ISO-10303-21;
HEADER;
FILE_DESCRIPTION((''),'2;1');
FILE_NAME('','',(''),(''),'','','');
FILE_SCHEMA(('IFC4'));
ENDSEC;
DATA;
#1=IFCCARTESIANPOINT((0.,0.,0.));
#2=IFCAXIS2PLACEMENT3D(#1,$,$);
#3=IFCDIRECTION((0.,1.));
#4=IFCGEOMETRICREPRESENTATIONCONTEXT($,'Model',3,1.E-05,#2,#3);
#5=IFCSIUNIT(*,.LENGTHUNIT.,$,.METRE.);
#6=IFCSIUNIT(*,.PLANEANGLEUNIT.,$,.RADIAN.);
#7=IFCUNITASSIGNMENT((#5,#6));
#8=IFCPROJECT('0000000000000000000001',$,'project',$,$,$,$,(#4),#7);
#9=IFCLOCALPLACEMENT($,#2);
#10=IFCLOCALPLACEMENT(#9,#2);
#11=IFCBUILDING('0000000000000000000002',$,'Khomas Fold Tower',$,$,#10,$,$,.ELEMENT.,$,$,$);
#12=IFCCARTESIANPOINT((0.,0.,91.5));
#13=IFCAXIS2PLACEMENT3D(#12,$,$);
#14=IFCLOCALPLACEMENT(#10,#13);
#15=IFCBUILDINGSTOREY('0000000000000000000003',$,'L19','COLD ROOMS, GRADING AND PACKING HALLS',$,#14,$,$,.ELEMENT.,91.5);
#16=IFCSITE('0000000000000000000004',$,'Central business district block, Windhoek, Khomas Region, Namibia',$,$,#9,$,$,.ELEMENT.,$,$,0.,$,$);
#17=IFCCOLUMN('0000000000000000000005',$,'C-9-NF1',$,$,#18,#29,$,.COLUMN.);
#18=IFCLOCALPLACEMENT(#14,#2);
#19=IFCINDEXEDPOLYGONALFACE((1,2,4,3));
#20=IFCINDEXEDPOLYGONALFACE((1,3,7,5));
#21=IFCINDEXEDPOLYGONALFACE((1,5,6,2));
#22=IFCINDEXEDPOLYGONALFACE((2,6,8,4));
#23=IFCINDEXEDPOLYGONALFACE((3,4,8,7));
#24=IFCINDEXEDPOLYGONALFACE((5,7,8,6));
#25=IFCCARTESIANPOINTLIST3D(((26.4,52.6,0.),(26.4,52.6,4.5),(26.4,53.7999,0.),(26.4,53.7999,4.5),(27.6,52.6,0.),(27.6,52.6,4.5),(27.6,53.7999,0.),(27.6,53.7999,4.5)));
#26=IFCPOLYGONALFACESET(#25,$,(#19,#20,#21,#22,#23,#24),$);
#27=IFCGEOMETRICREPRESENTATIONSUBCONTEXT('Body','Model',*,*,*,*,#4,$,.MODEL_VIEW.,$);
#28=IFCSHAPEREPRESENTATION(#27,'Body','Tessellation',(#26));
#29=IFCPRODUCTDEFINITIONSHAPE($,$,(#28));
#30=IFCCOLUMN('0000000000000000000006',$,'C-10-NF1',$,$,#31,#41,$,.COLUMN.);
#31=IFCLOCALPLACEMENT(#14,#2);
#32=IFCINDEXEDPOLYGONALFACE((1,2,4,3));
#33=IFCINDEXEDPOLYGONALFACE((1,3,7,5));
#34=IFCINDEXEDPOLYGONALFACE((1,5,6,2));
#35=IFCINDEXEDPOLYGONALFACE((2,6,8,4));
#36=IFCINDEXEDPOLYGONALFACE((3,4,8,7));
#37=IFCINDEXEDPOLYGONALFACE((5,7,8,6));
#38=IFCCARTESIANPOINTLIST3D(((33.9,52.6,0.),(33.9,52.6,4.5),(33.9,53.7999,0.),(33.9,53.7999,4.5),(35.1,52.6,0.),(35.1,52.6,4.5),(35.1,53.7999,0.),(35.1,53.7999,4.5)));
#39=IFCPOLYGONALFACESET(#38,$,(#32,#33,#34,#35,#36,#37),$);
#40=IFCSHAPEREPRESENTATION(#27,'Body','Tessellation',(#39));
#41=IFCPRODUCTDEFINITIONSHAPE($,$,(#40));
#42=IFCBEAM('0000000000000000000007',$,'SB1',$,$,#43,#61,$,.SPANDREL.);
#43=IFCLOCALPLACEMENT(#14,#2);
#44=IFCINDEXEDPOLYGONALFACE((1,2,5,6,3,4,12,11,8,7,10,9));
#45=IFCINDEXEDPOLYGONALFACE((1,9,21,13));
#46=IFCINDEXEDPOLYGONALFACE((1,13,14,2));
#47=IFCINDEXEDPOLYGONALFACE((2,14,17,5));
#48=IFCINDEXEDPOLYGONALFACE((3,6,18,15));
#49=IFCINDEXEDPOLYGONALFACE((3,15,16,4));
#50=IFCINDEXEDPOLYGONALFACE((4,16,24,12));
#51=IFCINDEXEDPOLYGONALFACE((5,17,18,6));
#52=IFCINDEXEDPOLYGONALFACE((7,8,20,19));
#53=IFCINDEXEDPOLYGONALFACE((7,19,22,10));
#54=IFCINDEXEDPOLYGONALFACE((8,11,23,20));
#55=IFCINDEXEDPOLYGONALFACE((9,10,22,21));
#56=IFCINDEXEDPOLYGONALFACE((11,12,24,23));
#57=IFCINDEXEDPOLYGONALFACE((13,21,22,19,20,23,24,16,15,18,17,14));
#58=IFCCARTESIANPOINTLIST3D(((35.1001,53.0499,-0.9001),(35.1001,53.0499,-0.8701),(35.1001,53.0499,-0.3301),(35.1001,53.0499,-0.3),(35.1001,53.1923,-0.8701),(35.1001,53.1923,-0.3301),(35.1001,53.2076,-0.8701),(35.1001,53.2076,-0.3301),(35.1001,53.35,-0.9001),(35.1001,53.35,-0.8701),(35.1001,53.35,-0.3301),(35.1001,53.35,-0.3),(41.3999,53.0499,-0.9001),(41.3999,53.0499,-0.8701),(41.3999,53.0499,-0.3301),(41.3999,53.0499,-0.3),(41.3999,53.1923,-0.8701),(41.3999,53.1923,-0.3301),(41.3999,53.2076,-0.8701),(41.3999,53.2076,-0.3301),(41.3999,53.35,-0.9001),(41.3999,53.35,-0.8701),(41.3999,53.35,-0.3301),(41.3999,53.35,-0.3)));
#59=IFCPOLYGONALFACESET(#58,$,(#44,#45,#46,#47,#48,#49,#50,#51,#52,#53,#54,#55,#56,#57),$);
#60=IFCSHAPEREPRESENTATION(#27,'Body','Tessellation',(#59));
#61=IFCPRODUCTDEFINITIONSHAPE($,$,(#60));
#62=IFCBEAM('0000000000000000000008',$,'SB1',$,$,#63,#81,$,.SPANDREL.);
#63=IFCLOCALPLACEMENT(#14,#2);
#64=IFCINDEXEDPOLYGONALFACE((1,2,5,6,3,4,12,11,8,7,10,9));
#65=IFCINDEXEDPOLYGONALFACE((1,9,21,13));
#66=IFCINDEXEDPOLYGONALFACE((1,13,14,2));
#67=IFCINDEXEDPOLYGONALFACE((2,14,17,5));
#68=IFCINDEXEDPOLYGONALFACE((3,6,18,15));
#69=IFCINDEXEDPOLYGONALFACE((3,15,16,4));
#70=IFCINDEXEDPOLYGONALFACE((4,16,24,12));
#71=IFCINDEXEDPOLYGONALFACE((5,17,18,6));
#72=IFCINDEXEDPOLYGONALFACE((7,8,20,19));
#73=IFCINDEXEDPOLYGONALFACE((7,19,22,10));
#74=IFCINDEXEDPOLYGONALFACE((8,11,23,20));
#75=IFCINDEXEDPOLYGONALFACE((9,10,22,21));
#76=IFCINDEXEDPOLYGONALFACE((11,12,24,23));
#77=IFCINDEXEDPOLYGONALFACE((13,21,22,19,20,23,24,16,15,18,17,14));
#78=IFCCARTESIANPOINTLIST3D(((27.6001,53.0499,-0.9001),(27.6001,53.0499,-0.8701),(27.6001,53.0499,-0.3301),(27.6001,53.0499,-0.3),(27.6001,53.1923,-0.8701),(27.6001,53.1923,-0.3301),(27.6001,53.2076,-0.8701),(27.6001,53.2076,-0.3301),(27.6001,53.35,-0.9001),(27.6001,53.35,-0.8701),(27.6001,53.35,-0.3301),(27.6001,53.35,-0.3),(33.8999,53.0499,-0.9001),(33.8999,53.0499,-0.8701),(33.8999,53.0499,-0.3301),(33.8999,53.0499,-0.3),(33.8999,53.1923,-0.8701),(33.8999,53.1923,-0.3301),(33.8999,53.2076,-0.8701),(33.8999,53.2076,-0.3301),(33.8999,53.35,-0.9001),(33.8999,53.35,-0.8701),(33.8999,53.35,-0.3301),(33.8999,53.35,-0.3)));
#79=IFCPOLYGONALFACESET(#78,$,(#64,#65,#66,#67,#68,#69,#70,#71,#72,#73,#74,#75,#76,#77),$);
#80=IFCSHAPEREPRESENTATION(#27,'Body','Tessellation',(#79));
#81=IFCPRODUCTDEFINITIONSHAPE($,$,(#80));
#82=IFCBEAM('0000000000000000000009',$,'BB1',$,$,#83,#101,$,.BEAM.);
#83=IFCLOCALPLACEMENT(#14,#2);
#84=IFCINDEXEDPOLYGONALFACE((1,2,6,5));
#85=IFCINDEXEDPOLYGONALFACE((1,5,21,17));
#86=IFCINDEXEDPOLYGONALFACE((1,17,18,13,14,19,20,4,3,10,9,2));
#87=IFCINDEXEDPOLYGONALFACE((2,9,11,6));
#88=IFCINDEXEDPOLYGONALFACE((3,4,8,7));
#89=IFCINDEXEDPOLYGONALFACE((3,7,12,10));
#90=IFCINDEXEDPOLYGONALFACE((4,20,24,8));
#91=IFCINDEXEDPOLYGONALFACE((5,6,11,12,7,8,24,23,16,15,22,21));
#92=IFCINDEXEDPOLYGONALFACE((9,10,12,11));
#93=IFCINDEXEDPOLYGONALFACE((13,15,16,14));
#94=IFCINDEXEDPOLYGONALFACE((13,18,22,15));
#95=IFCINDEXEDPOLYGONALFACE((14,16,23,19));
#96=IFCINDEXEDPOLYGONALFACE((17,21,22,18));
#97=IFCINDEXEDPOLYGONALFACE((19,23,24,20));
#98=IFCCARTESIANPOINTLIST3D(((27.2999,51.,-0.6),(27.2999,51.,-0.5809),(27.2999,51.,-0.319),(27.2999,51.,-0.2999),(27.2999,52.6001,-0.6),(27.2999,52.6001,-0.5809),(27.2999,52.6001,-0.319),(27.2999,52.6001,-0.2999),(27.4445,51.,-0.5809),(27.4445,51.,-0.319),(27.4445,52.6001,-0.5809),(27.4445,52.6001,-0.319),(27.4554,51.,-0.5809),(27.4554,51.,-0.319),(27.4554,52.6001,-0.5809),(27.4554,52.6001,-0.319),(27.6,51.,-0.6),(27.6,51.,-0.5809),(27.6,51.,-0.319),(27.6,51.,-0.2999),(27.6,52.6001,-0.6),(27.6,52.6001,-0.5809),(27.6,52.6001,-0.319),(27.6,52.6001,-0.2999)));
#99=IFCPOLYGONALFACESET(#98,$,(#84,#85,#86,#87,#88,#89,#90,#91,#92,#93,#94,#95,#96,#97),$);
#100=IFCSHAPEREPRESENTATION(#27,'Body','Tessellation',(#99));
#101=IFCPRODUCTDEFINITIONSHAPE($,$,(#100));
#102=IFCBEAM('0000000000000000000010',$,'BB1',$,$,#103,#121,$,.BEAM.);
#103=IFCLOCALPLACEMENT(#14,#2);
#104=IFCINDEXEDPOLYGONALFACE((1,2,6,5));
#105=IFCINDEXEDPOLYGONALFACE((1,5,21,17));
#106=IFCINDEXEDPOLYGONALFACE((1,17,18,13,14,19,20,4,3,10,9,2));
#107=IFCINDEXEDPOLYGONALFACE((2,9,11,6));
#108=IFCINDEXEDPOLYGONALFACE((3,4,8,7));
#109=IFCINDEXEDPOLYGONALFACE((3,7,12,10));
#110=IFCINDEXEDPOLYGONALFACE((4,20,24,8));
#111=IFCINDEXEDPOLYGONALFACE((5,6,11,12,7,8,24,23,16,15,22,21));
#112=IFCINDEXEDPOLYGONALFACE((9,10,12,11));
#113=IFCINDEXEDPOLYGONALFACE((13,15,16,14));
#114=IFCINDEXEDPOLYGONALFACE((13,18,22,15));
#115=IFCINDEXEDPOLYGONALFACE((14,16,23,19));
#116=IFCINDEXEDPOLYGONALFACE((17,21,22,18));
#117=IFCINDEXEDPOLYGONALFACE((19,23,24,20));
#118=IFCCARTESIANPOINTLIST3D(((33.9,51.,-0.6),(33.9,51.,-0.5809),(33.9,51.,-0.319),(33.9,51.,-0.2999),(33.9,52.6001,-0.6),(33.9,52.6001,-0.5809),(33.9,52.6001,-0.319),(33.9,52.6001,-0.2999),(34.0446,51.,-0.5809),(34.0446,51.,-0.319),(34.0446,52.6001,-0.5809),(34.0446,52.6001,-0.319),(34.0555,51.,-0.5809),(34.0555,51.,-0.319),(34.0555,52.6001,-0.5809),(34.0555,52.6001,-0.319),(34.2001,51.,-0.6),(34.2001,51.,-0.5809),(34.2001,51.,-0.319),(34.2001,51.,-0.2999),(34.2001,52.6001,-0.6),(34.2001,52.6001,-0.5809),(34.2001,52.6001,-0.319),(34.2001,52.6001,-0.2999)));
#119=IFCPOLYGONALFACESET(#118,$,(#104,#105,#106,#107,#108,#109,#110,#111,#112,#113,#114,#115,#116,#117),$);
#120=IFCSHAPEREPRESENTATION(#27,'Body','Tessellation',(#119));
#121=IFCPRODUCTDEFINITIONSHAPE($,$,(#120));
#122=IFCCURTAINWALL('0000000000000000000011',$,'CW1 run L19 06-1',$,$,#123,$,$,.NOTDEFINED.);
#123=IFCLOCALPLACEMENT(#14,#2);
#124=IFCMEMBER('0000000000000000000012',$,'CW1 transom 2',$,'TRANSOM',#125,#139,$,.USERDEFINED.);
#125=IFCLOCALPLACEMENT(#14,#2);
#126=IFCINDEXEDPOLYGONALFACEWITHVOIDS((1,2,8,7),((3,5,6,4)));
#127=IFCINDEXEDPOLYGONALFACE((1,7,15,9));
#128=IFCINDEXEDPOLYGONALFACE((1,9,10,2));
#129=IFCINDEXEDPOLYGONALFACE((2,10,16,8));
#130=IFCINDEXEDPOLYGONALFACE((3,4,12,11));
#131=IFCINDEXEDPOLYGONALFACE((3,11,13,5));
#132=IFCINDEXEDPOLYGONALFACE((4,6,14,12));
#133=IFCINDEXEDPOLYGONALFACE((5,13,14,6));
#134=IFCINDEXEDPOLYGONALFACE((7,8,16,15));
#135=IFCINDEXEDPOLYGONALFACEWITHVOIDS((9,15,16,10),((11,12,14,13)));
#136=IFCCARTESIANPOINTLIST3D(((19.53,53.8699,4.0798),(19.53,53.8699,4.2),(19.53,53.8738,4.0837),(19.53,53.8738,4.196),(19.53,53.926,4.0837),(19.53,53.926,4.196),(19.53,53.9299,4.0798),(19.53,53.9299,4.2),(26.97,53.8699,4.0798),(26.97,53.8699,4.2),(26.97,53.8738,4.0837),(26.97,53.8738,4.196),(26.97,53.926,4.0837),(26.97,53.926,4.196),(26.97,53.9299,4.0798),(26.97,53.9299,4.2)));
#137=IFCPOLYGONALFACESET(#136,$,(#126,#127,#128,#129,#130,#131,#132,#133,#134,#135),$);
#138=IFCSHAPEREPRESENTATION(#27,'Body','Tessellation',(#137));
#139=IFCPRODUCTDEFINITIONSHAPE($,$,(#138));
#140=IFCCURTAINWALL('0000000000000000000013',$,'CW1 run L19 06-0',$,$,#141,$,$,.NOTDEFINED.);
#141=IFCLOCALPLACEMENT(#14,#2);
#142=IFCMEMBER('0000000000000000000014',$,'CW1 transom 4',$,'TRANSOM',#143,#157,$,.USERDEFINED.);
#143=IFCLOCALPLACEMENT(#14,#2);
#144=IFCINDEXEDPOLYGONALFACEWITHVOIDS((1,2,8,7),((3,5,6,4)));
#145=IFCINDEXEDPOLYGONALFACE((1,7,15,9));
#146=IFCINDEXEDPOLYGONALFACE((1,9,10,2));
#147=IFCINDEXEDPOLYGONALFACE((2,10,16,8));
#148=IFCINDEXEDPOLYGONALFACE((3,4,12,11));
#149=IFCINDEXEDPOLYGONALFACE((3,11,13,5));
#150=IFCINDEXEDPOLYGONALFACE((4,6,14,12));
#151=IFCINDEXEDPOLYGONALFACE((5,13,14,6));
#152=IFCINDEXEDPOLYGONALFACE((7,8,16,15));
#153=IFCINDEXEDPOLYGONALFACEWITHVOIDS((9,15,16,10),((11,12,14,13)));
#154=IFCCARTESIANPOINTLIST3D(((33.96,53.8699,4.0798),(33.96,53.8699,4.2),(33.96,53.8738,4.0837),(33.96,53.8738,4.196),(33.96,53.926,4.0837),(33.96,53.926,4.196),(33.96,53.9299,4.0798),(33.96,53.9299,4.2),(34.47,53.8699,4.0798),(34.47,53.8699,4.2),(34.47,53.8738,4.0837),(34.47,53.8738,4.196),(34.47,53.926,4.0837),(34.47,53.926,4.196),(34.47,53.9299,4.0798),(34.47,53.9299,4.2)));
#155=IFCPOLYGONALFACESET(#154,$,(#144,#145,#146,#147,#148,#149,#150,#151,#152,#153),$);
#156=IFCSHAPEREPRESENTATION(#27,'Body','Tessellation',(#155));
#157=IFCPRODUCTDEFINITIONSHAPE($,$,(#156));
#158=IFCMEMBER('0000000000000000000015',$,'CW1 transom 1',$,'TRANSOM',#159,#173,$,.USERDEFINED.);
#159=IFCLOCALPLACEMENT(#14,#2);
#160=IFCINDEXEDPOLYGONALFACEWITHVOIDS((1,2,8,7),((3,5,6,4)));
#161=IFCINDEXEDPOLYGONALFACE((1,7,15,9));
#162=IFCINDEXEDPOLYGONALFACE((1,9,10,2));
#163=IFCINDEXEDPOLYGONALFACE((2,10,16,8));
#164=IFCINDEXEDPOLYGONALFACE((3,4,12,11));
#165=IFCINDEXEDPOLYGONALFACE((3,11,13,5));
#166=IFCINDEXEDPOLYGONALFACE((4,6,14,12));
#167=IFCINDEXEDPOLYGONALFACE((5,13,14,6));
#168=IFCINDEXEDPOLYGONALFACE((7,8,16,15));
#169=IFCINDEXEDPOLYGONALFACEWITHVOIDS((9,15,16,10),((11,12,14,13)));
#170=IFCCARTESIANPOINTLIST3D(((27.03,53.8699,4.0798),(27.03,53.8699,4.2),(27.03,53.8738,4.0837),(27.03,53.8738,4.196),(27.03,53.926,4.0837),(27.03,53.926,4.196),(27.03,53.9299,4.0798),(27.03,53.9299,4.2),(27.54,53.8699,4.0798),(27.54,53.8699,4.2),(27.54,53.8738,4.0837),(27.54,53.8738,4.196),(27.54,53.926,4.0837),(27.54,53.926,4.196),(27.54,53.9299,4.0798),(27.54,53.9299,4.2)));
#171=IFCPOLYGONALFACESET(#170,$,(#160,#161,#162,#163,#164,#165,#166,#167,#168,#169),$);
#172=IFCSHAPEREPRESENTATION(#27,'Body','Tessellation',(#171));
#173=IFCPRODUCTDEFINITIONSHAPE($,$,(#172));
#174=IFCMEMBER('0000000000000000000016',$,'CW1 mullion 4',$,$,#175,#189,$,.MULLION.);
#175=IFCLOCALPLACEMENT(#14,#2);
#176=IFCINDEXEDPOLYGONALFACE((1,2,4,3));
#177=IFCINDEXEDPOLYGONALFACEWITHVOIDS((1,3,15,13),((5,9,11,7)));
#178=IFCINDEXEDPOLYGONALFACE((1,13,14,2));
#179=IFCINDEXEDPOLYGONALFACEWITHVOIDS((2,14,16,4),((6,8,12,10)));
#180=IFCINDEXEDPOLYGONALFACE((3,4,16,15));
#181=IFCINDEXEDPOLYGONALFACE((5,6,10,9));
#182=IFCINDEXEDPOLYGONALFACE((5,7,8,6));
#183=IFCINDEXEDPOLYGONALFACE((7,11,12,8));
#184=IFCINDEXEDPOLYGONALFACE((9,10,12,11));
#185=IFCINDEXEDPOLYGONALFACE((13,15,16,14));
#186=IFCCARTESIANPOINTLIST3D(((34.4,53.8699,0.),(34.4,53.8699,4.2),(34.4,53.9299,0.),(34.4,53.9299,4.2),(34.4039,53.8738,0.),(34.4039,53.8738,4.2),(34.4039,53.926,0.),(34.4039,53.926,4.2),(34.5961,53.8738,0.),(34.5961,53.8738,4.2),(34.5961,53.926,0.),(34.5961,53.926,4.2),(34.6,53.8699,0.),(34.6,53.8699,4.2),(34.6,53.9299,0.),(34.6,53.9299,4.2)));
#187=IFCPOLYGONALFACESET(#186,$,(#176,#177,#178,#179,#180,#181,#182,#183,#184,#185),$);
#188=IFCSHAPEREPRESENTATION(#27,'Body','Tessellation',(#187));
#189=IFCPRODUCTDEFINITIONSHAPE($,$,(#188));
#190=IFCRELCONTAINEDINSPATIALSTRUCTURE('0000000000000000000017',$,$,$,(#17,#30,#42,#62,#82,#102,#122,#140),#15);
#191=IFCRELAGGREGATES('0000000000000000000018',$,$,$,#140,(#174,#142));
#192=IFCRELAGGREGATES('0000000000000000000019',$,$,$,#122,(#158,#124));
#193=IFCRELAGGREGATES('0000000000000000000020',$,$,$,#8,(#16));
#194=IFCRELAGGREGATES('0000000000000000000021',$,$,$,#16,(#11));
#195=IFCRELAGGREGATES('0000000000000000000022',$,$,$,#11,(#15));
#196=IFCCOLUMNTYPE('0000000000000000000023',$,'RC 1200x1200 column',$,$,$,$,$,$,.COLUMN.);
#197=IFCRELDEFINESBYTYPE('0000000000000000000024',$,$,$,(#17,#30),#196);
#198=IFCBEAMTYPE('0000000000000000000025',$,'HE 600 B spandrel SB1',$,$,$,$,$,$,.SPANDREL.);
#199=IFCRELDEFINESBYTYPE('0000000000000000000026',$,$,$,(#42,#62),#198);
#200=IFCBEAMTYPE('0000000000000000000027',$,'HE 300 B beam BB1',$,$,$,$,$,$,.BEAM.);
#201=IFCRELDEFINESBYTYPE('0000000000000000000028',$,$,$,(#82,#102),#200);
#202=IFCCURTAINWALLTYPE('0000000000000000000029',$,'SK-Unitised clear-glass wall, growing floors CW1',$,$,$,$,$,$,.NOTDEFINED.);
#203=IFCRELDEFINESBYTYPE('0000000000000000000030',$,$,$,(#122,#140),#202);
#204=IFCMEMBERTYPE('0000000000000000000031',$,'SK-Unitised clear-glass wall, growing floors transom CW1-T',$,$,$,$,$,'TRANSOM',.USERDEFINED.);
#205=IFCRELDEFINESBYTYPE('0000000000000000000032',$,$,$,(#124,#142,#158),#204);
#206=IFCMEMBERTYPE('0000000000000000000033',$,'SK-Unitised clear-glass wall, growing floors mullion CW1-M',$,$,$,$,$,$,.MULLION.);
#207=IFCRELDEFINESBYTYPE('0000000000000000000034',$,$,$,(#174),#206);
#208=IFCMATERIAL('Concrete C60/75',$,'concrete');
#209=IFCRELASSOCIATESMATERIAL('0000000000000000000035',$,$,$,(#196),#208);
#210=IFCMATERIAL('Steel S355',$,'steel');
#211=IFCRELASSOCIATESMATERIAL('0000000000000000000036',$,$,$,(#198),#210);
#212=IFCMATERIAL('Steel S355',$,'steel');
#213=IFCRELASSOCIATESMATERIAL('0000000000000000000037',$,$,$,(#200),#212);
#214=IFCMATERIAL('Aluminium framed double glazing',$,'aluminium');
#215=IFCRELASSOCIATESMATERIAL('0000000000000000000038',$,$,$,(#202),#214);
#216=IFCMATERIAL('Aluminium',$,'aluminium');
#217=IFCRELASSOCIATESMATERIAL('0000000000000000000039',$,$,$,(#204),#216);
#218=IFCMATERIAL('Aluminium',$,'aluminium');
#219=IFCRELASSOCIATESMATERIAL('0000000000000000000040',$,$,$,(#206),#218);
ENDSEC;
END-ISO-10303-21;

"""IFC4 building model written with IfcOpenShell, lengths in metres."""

from ifc_helpers import new_model, si_unit, direction, frame, origin, origin_2d, place, context, subcontext, project, spatial, rectangle, hollow_rectangle, i_section, extrude, source, transform, mapped, material, material_profile, profile_set, type_object, element, aggregate, save


model = new_model("IFC4")

# Units and contexts
model_context = context("Model", 3, precision=1e-05, world=origin(), true_north=direction((0.0, 1.0)))
body_context = subcontext(model_context, "Body", "Model", "MODEL_VIEW")
ifc_project = project(units=[si_unit("LENGTHUNIT", "METRE"), si_unit("PLANEANGLEUNIT", "RADIAN")], contexts=[model_context])

# Site, building, storey
site_placement = place(None, origin())
site = spatial("IfcSite", under=ifc_project, at=site_placement, Name="Central business district block, Windhoek, Khomas Region, Namibia", CompositionType="ELEMENT", RefElevation=0.0)
building_placement = place(site_placement, origin())
building = spatial("IfcBuilding", under=site, at=building_placement, Name="Khomas Fold Tower", CompositionType="ELEMENT")
storey_placement = place(building_placement, frame((0.0, 0.0, 91.5)))
storey = spatial("IfcBuildingStorey", under=building, at=storey_placement, Name="L19", Description="COLD ROOMS, GRADING AND PACKING HALLS", CompositionType="ELEMENT", Elevation=91.5)

# Columns
ifc_material_1 = material(Name="Concrete C60/75", Category="concrete")
ifc_material_profile_1 = material_profile(ifc_material_1, rectangle(XDim=1.2, YDim=1.2, at=origin_2d()), Name="RC 1200x1200")
ifc_profile_set_1 = profile_set([ifc_material_profile_1], Name="Concrete C60/75")
column_type = type_object("IfcColumnType", Name="RC 1200x1200 column", PredefinedType="COLUMN", material=ifc_profile_set_1)
shared_shape_1 = source(origin(), body_context, "Body", "SweptSolid", [
    extrude(rectangle(XDim=1.2, YDim=1.2, at=origin_2d()), origin(), (0.0, 0.0, 1.0), 4.5),
])
for number, where, z_axis, x_axis, name in (
    (1, (27.0, 53.2, 0.0), (0.0, 0.0, 1.0), (1.0, 0.0, 0.0), "C-9-NF1"),
    (2, (34.5, 53.2, 0.0), (0.0, 0.0, 1.0), (1.0, 0.0, 0.0), "C-10-NF1"),
):
    element("IfcColumn", number, at=place(storey_placement, frame(where, z_axis=z_axis, x_axis=x_axis)), inside=storey, type_object=column_type, Name=name, PredefinedType="COLUMN", context=body_context, shape_type="MappedRepresentation", body=[
        mapped(shared_shape_1, transform((0.0, 0.0, 0.0))),
    ])

# Beams
ifc_material_2 = material(Name="Steel S355", Category="steel")
ifc_material_profile_2 = material_profile(ifc_material_2, i_section(OverallWidth=0.3, OverallDepth=0.6001, WebThickness=0.0154, FlangeThickness=0.03, at=origin_2d()), Name="HE 600 B")
ifc_profile_set_2 = profile_set([ifc_material_profile_2], Name="Steel S355")
beam_type_1 = type_object("IfcBeamType", Name="HE 600 B spandrel SB1", PredefinedType="SPANDREL", material=ifc_profile_set_2)
shared_shape_2 = source(origin(), body_context, "Body", "SweptSolid", [
    extrude(i_section(OverallWidth=0.3, OverallDepth=0.6001, WebThickness=0.0154, FlangeThickness=0.03, at=origin_2d()), origin(), (0.0, 0.0, 1.0), 6.2998),
])
for number, where, z_axis, x_axis, name in (
    (3, (35.1001, 53.2, -0.6001), (1.0, 0.0, 0.0), (0.0, 1.0, 0.0), "SB1"),
    (4, (27.6001, 53.2, -0.6001), (1.0, 0.0, 0.0), (0.0, 1.0, 0.0), "SB1"),
):
    element("IfcBeam", number, at=place(storey_placement, frame(where, z_axis=z_axis, x_axis=x_axis)), inside=storey, type_object=beam_type_1, Name=name, PredefinedType="SPANDREL", context=body_context, shape_type="MappedRepresentation", body=[
        mapped(shared_shape_2, transform((0.0, 0.0, 0.0))),
    ])
ifc_material_3 = material(Name="Steel S355", Category="steel")
ifc_material_profile_3 = material_profile(ifc_material_3, i_section(OverallWidth=0.3, OverallDepth=0.3, WebThickness=0.011, FlangeThickness=0.019, at=origin_2d()), Name="HE 300 B")
ifc_profile_set_3 = profile_set([ifc_material_profile_3], Name="Steel S355")
beam_type_2 = type_object("IfcBeamType", Name="HE 300 B beam BB1", PredefinedType="BEAM", material=ifc_profile_set_3)
shared_shape_3 = source(origin(), body_context, "Body", "SweptSolid", [
    extrude(i_section(OverallWidth=0.3, OverallDepth=0.3, WebThickness=0.011, FlangeThickness=0.019, at=origin_2d()), origin(), (0.0, 0.0, 1.0), 1.6001),
])
for number, where, z_axis, x_axis, name in (
    (5, (27.45, 51.0, -0.45), (0.0, 1.0, 0.0), (-1.0, 0.0, 0.0), "BB1"),
    (6, (34.05, 51.0, -0.45), (0.0, 1.0, 0.0), (-1.0, 0.0, 0.0), "BB1"),
):
    element("IfcBeam", number, at=place(storey_placement, frame(where, z_axis=z_axis, x_axis=x_axis)), inside=storey, type_object=beam_type_2, Name=name, PredefinedType="BEAM", context=body_context, shape_type="MappedRepresentation", body=[
        mapped(shared_shape_3, transform((0.0, 0.0, 0.0))),
    ])

# Curtain walls, members
ifc_material_4 = material(Name="Aluminium framed double glazing", Category="aluminium")
curtain_wall_type = type_object("IfcCurtainWallType", Name="SK-Unitised clear-glass wall, growing floors CW1", PredefinedType="NOTDEFINED", material=ifc_material_4)
curtain_wall_1_placement = place(storey_placement, origin())
curtain_wall_1 = element("IfcCurtainWall", 7, at=curtain_wall_1_placement, inside=storey, type_object=curtain_wall_type, Name="CW1 run L19 06-1", PredefinedType="NOTDEFINED")
ifc_material_5 = material(Name="Aluminium", Category="aluminium")
ifc_material_profile_4 = material_profile(ifc_material_5, hollow_rectangle(XDim=0.0601, YDim=0.1201, WallThickness=0.0039, at=origin_2d()), Name="SK-Unitised clear-glass wall, growing floors transom CW1-T")
ifc_profile_set_4 = profile_set([ifc_material_profile_4], Name="Aluminium")
member_type_1 = type_object("IfcMemberType", Name="SK-Unitised clear-glass wall, growing floors transom CW1-T", ElementType="TRANSOM", PredefinedType="USERDEFINED", material=ifc_profile_set_4)
shared_shape_4 = source(origin(), body_context, "Body", "SweptSolid", [
    extrude(hollow_rectangle(XDim=0.0601, YDim=0.1201, WallThickness=0.0039, at=origin_2d()), origin(), (0.0, 0.0, 1.0), 7.4399),
])
member_1_placement = place(storey_placement, frame((26.97, 53.8999, 4.1399), z_axis=(-1.0, 0.0, 0.0), x_axis=(0.0, -1.0, 0.0)))
member_1 = element("IfcMember", 8, at=member_1_placement, type_object=member_type_1, Name="CW1 transom 2", ObjectType="TRANSOM", PredefinedType="USERDEFINED", context=body_context, shape_type="MappedRepresentation", body=[
    mapped(shared_shape_4, transform((0.0, 0.0, 0.0))),
])
curtain_wall_2_placement = place(storey_placement, origin())
curtain_wall_2 = element("IfcCurtainWall", 9, at=curtain_wall_2_placement, inside=storey, type_object=curtain_wall_type, Name="CW1 run L19 06-0", PredefinedType="NOTDEFINED")
shared_shape_5 = source(origin(), body_context, "Body", "SweptSolid", [
    extrude(hollow_rectangle(XDim=0.0601, YDim=0.1201, WallThickness=0.0039, at=origin_2d()), origin(), (0.0, 0.0, 1.0), 0.51),
])
member_2_placement = place(storey_placement, frame((34.47, 53.8999, 4.1399), z_axis=(-1.0, 0.0, 0.0), x_axis=(0.0, -1.0, 0.0)))
member_2 = element("IfcMember", 10, at=member_2_placement, type_object=member_type_1, Name="CW1 transom 4", ObjectType="TRANSOM", PredefinedType="USERDEFINED", context=body_context, shape_type="MappedRepresentation", body=[
    mapped(shared_shape_5, transform((0.0, 0.0, 0.0))),
])

# Members
member_3_placement = place(storey_placement, frame((27.54, 53.8999, 4.1399), z_axis=(-1.0, 0.0, 0.0), x_axis=(0.0, -1.0, 0.0)))
member_3 = element("IfcMember", 11, at=member_3_placement, type_object=member_type_1, Name="CW1 transom 1", ObjectType="TRANSOM", PredefinedType="USERDEFINED", context=body_context, shape_type="MappedRepresentation", body=[
    mapped(shared_shape_5, transform((0.0, 0.0, 0.0))),
])
ifc_material_6 = material(Name="Aluminium", Category="aluminium")
ifc_material_profile_5 = material_profile(ifc_material_6, hollow_rectangle(XDim=0.0601, YDim=0.2, WallThickness=0.0039, at=origin_2d()), Name="SK-Unitised clear-glass wall, growing floors mullion CW1-M")
ifc_profile_set_5 = profile_set([ifc_material_profile_5], Name="Aluminium")
member_type_2 = type_object("IfcMemberType", Name="SK-Unitised clear-glass wall, growing floors mullion CW1-M", PredefinedType="MULLION", material=ifc_profile_set_5)
shared_shape_6 = source(origin(), body_context, "Body", "SweptSolid", [
    extrude(hollow_rectangle(XDim=0.0601, YDim=0.2, WallThickness=0.0039, at=origin_2d()), origin(), (0.0, 0.0, 1.0), 4.2),
])
member_4_placement = place(storey_placement, frame((34.5, 53.8999, 0.0), z_axis=(0.0, 0.0, 1.0), x_axis=(0.0, -1.0, 0.0)))
member_4 = element("IfcMember", 12, at=member_4_placement, type_object=member_type_2, Name="CW1 mullion 4", PredefinedType="MULLION", context=body_context, shape_type="MappedRepresentation", body=[
    mapped(shared_shape_6, transform((0.0, 0.0, 0.0))),
])

aggregate(curtain_wall_2, [member_4, member_2])
aggregate(curtain_wall_1, [member_3, member_1])

save(model, "model.ifc")
